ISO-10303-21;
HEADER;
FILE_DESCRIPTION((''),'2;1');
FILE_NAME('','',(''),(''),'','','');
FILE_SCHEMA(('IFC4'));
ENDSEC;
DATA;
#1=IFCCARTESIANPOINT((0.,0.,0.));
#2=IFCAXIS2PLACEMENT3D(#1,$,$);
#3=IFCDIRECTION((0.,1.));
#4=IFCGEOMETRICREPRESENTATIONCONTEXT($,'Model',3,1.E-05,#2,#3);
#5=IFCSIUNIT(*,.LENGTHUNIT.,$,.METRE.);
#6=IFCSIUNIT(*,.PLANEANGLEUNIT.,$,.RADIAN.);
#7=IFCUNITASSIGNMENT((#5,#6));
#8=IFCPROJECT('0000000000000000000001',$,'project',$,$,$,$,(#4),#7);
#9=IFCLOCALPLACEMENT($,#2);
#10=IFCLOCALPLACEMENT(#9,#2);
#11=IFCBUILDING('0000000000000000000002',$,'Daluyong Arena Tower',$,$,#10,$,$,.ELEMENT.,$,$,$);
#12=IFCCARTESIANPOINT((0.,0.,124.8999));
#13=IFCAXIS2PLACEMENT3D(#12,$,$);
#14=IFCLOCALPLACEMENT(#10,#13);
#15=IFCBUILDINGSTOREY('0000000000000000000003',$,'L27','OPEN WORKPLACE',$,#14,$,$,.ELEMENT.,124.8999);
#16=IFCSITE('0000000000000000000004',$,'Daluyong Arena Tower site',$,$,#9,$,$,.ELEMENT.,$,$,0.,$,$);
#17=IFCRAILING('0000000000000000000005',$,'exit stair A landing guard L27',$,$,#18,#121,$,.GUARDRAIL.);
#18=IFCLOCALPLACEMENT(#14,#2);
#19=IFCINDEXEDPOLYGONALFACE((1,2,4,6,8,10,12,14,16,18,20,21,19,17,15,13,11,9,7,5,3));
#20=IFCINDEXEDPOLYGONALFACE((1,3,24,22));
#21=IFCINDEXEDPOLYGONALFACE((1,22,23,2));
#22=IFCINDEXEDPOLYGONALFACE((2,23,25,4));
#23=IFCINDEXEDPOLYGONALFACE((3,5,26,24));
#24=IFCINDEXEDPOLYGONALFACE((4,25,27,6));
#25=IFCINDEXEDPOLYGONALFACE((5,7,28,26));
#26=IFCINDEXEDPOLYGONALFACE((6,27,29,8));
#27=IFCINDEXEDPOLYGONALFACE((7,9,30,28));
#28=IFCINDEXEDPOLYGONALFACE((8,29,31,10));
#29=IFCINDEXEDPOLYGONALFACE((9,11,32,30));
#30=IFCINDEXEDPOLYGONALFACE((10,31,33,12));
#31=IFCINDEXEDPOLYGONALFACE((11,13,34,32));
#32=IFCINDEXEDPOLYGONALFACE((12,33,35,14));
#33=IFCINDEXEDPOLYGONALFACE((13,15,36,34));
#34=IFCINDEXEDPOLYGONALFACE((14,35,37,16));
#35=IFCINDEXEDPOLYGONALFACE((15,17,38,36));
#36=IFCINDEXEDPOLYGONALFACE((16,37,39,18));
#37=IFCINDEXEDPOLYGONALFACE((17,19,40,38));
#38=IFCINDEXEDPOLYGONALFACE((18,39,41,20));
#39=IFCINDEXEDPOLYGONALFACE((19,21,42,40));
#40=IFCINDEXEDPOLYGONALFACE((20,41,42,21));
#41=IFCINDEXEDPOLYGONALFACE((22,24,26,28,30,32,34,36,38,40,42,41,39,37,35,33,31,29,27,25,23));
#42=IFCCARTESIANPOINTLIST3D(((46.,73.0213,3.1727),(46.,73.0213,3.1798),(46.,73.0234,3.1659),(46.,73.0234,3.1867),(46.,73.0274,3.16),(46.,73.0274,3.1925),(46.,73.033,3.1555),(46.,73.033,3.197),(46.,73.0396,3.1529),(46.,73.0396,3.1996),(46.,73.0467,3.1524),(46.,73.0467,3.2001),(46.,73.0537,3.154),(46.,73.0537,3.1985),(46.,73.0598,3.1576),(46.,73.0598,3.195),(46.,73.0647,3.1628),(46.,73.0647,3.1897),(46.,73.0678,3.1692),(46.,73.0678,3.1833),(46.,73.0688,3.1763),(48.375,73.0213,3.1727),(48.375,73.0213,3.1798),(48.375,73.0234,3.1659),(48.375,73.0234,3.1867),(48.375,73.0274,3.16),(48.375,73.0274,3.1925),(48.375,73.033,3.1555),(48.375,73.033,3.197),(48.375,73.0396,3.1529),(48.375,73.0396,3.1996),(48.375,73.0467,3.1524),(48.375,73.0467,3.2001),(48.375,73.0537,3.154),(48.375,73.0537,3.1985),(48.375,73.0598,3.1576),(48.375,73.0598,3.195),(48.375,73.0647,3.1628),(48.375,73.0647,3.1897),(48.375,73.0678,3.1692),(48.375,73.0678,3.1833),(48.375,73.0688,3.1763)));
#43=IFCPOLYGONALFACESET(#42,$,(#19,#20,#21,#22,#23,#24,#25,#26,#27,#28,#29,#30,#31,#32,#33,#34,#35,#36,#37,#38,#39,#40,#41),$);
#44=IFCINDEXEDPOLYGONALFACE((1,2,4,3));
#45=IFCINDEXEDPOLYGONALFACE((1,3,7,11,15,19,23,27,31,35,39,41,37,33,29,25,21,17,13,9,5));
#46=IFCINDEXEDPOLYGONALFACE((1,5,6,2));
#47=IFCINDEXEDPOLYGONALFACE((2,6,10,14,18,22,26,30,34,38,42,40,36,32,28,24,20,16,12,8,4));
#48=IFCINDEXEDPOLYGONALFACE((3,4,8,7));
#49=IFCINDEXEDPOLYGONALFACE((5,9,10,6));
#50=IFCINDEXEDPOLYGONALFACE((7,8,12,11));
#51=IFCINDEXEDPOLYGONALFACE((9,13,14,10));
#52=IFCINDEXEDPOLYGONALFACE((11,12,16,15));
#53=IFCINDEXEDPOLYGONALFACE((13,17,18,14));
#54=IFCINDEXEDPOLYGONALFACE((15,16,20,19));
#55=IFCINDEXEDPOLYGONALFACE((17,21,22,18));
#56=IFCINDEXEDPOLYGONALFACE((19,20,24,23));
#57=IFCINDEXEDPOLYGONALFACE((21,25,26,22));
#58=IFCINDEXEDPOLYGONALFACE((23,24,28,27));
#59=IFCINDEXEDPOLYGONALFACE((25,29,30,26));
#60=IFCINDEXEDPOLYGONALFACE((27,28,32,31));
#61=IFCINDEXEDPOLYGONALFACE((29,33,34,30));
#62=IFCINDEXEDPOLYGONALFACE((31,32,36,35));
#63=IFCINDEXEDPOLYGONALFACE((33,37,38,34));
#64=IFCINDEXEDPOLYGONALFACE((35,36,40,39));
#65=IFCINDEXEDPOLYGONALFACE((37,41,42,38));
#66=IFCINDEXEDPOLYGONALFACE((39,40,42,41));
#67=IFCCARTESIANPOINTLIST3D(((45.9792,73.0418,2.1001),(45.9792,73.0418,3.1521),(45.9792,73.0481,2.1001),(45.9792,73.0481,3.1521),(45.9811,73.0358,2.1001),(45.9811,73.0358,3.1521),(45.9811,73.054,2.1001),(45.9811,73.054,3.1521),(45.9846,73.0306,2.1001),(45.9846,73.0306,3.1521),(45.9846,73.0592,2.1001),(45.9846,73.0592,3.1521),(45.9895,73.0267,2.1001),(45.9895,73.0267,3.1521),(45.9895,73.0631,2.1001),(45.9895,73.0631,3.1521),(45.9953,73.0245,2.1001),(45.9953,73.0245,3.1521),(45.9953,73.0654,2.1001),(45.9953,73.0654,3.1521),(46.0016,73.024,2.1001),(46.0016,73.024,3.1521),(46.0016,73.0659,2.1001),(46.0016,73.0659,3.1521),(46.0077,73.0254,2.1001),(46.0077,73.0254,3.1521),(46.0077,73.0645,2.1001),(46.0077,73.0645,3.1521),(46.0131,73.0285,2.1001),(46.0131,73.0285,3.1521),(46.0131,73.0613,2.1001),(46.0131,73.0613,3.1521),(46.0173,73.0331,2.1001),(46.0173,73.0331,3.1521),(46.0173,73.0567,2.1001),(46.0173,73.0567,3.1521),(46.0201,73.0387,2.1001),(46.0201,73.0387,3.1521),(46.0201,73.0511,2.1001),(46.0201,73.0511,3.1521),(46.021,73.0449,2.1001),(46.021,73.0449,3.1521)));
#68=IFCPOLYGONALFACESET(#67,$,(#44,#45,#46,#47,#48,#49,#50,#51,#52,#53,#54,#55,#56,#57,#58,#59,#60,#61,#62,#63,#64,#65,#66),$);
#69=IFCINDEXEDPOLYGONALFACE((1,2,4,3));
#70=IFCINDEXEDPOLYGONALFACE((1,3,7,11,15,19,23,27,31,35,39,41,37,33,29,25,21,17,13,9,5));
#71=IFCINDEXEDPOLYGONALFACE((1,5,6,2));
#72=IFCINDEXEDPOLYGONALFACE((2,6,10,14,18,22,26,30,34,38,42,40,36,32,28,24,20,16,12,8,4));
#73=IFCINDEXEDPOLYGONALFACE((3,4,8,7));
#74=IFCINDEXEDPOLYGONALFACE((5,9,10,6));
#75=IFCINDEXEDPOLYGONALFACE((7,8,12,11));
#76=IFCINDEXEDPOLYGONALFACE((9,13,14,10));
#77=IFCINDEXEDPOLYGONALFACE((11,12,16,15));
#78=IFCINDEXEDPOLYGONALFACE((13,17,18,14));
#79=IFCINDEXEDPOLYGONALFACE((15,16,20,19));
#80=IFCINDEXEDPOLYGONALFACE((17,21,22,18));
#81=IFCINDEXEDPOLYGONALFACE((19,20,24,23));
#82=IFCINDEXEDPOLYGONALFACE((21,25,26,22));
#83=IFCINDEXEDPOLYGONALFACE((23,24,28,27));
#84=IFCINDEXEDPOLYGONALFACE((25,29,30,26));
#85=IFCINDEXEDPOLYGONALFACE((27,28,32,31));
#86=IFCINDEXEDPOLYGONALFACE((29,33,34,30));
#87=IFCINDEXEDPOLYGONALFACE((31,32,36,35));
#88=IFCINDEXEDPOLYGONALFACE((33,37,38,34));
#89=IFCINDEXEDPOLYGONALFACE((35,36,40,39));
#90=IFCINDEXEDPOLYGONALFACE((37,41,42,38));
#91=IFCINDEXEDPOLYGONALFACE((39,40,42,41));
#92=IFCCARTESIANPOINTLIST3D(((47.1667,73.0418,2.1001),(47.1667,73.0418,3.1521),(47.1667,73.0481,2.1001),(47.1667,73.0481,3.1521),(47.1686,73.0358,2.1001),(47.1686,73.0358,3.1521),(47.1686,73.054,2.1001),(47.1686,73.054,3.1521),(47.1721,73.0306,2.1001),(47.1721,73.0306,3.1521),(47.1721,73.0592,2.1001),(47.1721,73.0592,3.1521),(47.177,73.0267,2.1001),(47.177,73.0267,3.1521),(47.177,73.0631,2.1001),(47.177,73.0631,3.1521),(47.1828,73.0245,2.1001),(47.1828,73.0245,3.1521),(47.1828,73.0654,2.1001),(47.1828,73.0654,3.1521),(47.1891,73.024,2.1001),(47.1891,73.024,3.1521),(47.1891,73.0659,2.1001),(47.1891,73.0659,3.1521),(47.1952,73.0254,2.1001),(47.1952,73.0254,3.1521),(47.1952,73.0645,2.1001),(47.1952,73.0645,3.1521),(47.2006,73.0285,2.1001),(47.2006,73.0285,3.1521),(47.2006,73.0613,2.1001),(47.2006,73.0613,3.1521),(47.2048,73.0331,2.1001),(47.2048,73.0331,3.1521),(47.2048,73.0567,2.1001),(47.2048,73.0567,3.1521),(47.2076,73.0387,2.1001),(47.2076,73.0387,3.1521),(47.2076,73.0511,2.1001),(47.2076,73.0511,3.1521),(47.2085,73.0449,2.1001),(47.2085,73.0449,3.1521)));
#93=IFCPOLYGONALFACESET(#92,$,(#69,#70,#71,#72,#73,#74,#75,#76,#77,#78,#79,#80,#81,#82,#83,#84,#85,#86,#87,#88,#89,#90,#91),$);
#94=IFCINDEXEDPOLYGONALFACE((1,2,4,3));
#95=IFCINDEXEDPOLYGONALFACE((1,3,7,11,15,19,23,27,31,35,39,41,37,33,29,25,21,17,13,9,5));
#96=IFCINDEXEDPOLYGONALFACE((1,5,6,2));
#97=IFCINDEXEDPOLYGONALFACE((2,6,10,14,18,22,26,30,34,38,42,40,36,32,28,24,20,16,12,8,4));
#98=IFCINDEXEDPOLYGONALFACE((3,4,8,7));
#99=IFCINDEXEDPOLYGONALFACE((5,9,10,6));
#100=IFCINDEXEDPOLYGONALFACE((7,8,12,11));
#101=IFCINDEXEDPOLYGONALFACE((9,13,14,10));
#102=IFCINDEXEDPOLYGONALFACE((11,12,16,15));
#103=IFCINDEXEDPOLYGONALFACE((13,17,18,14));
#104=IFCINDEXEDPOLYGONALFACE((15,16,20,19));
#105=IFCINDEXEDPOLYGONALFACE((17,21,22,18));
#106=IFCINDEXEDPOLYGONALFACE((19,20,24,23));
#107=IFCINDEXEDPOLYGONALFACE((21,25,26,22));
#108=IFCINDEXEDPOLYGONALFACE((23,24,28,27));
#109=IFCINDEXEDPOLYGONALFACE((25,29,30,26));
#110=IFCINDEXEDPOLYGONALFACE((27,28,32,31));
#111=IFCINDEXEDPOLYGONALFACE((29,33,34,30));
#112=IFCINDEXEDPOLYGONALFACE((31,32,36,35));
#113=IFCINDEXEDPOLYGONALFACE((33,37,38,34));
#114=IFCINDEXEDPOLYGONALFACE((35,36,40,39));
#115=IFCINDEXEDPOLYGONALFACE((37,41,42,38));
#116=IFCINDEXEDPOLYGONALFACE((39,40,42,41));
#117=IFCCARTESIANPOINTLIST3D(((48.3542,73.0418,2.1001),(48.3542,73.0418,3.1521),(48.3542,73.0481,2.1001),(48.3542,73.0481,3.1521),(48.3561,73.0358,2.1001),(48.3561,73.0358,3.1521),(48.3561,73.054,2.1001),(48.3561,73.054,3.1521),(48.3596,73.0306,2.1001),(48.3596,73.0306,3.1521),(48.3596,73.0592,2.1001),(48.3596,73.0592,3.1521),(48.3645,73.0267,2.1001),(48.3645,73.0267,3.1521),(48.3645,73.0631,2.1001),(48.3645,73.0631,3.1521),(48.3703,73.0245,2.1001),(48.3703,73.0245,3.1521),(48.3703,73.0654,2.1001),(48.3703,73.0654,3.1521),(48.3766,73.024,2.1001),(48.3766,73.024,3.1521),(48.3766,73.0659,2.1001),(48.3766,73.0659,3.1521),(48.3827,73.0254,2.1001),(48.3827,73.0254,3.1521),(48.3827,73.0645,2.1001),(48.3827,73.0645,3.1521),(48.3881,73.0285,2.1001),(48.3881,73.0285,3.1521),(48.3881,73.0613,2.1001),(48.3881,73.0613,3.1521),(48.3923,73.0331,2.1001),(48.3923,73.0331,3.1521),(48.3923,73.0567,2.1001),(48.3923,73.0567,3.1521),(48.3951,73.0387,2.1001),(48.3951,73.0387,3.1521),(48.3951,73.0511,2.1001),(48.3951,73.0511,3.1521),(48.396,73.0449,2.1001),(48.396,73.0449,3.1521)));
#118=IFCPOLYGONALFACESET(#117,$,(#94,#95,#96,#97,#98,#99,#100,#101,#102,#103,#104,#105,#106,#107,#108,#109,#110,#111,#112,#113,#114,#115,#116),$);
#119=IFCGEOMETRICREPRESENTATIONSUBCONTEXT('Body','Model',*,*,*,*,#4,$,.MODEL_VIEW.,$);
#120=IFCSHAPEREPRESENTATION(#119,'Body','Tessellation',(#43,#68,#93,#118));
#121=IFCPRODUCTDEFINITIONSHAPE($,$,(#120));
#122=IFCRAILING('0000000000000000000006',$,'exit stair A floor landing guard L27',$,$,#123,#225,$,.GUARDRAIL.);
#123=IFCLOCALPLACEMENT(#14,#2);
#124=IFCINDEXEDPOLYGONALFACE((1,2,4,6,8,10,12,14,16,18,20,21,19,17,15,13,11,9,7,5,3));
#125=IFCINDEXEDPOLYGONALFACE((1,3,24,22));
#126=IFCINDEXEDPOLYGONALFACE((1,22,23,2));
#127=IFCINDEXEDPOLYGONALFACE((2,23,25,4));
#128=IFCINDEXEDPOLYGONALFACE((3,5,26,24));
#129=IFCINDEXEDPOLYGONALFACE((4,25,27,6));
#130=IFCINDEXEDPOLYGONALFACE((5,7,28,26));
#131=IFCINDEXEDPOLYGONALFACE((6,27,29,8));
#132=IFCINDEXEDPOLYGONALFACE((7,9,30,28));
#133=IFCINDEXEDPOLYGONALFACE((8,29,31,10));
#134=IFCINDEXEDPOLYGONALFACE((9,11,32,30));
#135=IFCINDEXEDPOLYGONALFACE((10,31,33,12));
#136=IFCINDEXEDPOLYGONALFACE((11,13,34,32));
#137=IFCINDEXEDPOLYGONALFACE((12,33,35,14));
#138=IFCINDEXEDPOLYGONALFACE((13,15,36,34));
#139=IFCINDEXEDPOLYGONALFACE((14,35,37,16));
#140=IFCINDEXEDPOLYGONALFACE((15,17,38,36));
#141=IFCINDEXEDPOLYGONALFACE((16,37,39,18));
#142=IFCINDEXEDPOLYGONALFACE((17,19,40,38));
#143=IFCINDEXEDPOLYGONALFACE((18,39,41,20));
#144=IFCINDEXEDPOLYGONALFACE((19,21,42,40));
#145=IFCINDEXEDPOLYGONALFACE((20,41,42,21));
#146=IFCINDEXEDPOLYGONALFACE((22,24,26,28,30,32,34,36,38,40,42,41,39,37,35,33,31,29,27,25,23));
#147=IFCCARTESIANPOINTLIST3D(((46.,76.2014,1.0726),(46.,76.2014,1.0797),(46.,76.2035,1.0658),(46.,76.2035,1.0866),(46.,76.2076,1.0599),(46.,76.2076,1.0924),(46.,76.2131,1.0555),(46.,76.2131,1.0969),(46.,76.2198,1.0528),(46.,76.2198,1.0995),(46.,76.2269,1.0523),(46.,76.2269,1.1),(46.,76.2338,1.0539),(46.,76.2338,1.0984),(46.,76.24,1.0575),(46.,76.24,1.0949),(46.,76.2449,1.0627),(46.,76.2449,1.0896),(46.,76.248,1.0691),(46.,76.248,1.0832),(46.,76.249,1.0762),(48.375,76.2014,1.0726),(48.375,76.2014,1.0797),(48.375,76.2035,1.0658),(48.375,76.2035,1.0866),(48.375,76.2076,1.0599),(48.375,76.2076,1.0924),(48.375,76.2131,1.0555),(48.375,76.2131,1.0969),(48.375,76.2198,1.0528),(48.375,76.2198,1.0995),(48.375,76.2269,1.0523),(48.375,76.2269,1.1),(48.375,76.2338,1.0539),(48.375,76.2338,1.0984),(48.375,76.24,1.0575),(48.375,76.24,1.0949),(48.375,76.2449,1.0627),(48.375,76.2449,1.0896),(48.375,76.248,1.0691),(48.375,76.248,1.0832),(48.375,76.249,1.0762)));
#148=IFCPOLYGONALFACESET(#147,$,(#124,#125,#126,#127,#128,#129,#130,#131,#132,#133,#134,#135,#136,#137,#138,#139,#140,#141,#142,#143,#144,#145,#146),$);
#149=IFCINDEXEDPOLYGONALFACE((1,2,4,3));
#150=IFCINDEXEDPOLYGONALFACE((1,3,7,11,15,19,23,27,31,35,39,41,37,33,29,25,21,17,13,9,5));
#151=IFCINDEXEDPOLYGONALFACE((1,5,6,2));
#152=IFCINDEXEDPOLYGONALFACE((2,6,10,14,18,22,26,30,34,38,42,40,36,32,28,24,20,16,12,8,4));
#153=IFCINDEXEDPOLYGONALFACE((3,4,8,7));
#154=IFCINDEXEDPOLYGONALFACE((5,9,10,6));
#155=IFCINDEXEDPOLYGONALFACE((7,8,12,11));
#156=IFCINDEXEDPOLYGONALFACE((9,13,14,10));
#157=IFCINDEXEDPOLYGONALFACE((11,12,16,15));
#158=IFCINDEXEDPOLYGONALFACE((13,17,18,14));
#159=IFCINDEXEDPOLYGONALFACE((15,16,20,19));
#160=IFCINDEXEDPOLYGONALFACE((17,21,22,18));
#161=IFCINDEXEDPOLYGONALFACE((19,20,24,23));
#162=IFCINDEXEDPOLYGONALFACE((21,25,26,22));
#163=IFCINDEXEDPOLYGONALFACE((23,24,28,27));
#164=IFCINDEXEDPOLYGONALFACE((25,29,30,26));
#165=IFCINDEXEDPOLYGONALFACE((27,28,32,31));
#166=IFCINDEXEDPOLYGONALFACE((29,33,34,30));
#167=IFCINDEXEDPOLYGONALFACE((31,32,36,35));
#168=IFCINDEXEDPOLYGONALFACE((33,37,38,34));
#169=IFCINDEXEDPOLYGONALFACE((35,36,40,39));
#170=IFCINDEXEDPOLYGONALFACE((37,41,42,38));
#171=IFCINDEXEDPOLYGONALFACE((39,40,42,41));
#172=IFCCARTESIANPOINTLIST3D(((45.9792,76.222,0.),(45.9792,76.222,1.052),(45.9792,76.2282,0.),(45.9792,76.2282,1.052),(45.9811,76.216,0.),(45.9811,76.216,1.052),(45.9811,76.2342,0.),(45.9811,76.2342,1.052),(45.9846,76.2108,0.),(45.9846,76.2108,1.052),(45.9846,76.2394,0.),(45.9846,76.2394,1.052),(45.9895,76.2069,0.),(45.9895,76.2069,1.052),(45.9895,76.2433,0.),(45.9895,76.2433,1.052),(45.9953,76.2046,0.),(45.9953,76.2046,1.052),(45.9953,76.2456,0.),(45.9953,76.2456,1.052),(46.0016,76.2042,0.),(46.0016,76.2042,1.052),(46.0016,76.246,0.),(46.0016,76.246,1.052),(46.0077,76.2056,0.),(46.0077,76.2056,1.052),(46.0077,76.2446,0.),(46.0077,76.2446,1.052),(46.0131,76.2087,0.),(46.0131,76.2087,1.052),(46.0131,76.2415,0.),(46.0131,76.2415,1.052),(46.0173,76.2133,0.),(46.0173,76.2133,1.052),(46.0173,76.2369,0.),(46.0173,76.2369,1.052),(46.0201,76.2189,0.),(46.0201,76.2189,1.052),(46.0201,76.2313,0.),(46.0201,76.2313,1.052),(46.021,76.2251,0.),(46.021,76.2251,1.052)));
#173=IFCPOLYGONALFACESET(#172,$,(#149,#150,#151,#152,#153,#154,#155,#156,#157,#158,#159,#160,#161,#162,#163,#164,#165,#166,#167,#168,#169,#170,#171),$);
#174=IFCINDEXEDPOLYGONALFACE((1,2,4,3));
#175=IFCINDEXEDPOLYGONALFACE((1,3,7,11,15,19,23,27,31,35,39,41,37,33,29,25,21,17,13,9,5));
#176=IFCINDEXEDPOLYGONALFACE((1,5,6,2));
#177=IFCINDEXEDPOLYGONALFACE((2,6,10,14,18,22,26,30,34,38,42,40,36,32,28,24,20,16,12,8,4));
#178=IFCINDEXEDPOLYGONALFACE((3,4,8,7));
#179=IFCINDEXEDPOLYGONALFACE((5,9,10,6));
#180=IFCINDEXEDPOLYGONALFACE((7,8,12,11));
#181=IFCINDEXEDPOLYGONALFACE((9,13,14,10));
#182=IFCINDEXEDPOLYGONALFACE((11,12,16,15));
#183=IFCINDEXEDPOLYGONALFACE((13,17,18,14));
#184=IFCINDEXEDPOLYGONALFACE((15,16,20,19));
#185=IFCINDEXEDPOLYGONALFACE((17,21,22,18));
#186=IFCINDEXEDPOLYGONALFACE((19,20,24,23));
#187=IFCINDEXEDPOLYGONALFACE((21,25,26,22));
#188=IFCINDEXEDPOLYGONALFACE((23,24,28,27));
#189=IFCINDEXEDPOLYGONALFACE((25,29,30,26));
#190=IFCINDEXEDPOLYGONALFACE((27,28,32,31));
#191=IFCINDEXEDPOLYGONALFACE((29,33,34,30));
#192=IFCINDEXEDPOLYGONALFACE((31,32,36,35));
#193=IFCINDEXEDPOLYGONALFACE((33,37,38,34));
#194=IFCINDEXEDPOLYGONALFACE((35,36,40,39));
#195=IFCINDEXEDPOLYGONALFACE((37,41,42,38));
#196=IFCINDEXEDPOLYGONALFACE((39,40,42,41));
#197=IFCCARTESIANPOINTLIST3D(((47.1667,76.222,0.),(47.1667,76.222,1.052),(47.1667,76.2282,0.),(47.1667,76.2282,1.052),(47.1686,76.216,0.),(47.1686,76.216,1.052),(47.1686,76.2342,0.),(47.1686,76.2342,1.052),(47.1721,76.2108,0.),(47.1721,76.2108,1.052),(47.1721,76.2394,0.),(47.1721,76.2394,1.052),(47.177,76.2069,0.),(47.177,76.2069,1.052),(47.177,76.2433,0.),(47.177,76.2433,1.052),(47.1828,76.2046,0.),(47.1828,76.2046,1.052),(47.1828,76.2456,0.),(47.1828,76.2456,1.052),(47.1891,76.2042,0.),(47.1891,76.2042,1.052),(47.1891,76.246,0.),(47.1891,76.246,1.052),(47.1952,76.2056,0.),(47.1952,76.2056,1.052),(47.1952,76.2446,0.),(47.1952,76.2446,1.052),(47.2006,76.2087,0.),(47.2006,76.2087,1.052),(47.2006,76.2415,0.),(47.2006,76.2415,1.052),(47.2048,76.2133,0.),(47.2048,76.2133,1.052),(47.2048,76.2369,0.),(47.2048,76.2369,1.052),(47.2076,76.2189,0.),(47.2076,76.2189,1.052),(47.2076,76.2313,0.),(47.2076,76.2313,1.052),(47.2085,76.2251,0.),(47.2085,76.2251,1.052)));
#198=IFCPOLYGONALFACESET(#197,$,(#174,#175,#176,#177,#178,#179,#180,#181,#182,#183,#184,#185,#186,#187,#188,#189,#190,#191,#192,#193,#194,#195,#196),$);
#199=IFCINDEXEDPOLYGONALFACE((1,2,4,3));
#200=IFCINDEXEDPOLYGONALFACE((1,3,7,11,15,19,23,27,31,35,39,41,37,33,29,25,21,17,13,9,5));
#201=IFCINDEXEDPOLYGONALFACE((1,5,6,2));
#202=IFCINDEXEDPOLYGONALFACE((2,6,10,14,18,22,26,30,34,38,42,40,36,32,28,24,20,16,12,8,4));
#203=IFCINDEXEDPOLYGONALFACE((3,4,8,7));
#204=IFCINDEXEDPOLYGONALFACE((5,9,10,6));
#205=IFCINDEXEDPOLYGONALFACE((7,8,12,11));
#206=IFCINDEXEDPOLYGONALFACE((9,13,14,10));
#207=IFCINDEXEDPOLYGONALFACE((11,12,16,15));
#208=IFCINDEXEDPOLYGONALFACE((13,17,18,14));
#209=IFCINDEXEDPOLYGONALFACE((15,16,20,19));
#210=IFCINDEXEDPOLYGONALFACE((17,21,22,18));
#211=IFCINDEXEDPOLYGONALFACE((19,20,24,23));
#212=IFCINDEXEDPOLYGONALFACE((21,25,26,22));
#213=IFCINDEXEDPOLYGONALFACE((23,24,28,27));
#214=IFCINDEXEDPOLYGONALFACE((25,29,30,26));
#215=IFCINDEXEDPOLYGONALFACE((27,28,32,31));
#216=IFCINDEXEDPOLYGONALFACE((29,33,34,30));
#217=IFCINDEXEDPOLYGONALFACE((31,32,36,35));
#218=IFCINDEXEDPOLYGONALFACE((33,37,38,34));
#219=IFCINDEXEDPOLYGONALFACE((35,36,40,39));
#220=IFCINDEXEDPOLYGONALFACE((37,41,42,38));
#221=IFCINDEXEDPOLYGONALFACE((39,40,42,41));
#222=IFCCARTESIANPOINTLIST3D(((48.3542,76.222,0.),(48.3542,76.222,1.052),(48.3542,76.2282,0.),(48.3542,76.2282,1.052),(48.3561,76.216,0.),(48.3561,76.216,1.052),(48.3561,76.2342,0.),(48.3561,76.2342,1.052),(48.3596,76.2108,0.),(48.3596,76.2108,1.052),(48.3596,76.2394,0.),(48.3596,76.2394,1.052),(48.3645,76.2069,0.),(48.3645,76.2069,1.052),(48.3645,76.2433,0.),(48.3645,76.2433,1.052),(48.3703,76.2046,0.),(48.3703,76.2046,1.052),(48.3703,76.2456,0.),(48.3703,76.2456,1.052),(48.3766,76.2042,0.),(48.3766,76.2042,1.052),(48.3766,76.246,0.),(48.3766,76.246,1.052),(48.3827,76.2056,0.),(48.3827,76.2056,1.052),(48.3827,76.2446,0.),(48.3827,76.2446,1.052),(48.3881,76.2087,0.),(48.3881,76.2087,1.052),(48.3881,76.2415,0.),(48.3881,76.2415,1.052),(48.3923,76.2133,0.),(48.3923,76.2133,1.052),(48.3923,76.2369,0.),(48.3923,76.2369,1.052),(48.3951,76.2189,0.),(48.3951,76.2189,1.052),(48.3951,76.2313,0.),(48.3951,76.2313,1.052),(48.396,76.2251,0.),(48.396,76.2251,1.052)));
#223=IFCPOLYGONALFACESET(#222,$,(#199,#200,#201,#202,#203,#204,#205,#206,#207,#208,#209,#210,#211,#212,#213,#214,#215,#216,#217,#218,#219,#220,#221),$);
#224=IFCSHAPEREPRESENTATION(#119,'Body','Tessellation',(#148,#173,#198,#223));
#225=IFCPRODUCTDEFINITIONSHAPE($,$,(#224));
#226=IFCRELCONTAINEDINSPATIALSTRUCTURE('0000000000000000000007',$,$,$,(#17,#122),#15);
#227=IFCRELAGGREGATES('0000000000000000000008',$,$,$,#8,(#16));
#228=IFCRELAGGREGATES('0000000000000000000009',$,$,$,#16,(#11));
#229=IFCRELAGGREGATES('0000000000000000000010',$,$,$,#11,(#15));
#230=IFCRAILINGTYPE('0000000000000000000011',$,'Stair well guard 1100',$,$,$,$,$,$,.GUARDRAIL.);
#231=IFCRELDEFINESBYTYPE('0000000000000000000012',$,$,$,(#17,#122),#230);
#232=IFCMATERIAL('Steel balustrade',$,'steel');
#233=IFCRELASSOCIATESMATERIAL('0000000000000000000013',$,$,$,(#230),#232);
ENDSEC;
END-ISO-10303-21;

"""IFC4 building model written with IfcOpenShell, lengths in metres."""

from ifc_helpers import new_model, si_unit, direction, frame, origin, origin_2d, place, context, subcontext, project, spatial, circle, extrude, material, type_object, element, save


model = new_model("IFC4")

# Units and contexts
model_context = context("Model", 3, precision=1e-05, world=origin(), true_north=direction((0.0, 1.0)))
body_context = subcontext(model_context, "Body", "Model", "MODEL_VIEW")
ifc_project = project(units=[si_unit("LENGTHUNIT", "METRE"), si_unit("PLANEANGLEUNIT", "RADIAN")], contexts=[model_context])

# Site, building, storey
site_placement = place(None, origin())
site = spatial("IfcSite", under=ifc_project, at=site_placement, Name="Daluyong Arena Tower site", CompositionType="ELEMENT", RefElevation=0.0)
building_placement = place(site_placement, origin())
building = spatial("IfcBuilding", under=site, at=building_placement, Name="Daluyong Arena Tower", CompositionType="ELEMENT")
storey_placement = place(building_placement, frame((0.0, 0.0, 124.8999)))
storey = spatial("IfcBuildingStorey", under=building, at=storey_placement, Name="L27", Description="OPEN WORKPLACE", CompositionType="ELEMENT", Elevation=124.8999)

# Railings
ifc_material_1 = material(Name="Steel balustrade", Category="steel")
railing_type_1 = type_object("IfcRailingType", Name="Stair well guard 1100", PredefinedType="GUARDRAIL", material=ifc_material_1)
for number, where, name in (
    (1, (46.0, 73.0449, 2.1001), "exit stair A landing guard L27"),
    (2, (46.0, 76.2251, 0.0), "exit stair A floor landing guard L27"),
):
    element("IfcRailing", number, at=place(storey_placement, frame(where)), inside=storey, type_object=railing_type_1, Name=name, PredefinedType="GUARDRAIL", context=body_context, shape_type="SweptSolid", body=[
        extrude(circle(Radius=0.0239, at=origin_2d()), frame((0.0, 0.0, 1.0762), z_axis=(1.0, 0.0, 0.0), x_axis=(0.0, 1.0, 0.0)), (0.0, 0.0, 1.0), 2.375),
        extrude(circle(Radius=0.021, at=origin_2d()), origin(), (0.0, 0.0, 1.0), 1.052),
        extrude(circle(Radius=0.021, at=origin_2d()), frame((1.1875, 0.0, 0.0)), (0.0, 0.0, 1.0), 1.052),
        extrude(circle(Radius=0.021, at=origin_2d()), frame((2.375, 0.0, 0.0)), (0.0, 0.0, 1.0), 1.052),
    ])

save(model, "model.ifc")
